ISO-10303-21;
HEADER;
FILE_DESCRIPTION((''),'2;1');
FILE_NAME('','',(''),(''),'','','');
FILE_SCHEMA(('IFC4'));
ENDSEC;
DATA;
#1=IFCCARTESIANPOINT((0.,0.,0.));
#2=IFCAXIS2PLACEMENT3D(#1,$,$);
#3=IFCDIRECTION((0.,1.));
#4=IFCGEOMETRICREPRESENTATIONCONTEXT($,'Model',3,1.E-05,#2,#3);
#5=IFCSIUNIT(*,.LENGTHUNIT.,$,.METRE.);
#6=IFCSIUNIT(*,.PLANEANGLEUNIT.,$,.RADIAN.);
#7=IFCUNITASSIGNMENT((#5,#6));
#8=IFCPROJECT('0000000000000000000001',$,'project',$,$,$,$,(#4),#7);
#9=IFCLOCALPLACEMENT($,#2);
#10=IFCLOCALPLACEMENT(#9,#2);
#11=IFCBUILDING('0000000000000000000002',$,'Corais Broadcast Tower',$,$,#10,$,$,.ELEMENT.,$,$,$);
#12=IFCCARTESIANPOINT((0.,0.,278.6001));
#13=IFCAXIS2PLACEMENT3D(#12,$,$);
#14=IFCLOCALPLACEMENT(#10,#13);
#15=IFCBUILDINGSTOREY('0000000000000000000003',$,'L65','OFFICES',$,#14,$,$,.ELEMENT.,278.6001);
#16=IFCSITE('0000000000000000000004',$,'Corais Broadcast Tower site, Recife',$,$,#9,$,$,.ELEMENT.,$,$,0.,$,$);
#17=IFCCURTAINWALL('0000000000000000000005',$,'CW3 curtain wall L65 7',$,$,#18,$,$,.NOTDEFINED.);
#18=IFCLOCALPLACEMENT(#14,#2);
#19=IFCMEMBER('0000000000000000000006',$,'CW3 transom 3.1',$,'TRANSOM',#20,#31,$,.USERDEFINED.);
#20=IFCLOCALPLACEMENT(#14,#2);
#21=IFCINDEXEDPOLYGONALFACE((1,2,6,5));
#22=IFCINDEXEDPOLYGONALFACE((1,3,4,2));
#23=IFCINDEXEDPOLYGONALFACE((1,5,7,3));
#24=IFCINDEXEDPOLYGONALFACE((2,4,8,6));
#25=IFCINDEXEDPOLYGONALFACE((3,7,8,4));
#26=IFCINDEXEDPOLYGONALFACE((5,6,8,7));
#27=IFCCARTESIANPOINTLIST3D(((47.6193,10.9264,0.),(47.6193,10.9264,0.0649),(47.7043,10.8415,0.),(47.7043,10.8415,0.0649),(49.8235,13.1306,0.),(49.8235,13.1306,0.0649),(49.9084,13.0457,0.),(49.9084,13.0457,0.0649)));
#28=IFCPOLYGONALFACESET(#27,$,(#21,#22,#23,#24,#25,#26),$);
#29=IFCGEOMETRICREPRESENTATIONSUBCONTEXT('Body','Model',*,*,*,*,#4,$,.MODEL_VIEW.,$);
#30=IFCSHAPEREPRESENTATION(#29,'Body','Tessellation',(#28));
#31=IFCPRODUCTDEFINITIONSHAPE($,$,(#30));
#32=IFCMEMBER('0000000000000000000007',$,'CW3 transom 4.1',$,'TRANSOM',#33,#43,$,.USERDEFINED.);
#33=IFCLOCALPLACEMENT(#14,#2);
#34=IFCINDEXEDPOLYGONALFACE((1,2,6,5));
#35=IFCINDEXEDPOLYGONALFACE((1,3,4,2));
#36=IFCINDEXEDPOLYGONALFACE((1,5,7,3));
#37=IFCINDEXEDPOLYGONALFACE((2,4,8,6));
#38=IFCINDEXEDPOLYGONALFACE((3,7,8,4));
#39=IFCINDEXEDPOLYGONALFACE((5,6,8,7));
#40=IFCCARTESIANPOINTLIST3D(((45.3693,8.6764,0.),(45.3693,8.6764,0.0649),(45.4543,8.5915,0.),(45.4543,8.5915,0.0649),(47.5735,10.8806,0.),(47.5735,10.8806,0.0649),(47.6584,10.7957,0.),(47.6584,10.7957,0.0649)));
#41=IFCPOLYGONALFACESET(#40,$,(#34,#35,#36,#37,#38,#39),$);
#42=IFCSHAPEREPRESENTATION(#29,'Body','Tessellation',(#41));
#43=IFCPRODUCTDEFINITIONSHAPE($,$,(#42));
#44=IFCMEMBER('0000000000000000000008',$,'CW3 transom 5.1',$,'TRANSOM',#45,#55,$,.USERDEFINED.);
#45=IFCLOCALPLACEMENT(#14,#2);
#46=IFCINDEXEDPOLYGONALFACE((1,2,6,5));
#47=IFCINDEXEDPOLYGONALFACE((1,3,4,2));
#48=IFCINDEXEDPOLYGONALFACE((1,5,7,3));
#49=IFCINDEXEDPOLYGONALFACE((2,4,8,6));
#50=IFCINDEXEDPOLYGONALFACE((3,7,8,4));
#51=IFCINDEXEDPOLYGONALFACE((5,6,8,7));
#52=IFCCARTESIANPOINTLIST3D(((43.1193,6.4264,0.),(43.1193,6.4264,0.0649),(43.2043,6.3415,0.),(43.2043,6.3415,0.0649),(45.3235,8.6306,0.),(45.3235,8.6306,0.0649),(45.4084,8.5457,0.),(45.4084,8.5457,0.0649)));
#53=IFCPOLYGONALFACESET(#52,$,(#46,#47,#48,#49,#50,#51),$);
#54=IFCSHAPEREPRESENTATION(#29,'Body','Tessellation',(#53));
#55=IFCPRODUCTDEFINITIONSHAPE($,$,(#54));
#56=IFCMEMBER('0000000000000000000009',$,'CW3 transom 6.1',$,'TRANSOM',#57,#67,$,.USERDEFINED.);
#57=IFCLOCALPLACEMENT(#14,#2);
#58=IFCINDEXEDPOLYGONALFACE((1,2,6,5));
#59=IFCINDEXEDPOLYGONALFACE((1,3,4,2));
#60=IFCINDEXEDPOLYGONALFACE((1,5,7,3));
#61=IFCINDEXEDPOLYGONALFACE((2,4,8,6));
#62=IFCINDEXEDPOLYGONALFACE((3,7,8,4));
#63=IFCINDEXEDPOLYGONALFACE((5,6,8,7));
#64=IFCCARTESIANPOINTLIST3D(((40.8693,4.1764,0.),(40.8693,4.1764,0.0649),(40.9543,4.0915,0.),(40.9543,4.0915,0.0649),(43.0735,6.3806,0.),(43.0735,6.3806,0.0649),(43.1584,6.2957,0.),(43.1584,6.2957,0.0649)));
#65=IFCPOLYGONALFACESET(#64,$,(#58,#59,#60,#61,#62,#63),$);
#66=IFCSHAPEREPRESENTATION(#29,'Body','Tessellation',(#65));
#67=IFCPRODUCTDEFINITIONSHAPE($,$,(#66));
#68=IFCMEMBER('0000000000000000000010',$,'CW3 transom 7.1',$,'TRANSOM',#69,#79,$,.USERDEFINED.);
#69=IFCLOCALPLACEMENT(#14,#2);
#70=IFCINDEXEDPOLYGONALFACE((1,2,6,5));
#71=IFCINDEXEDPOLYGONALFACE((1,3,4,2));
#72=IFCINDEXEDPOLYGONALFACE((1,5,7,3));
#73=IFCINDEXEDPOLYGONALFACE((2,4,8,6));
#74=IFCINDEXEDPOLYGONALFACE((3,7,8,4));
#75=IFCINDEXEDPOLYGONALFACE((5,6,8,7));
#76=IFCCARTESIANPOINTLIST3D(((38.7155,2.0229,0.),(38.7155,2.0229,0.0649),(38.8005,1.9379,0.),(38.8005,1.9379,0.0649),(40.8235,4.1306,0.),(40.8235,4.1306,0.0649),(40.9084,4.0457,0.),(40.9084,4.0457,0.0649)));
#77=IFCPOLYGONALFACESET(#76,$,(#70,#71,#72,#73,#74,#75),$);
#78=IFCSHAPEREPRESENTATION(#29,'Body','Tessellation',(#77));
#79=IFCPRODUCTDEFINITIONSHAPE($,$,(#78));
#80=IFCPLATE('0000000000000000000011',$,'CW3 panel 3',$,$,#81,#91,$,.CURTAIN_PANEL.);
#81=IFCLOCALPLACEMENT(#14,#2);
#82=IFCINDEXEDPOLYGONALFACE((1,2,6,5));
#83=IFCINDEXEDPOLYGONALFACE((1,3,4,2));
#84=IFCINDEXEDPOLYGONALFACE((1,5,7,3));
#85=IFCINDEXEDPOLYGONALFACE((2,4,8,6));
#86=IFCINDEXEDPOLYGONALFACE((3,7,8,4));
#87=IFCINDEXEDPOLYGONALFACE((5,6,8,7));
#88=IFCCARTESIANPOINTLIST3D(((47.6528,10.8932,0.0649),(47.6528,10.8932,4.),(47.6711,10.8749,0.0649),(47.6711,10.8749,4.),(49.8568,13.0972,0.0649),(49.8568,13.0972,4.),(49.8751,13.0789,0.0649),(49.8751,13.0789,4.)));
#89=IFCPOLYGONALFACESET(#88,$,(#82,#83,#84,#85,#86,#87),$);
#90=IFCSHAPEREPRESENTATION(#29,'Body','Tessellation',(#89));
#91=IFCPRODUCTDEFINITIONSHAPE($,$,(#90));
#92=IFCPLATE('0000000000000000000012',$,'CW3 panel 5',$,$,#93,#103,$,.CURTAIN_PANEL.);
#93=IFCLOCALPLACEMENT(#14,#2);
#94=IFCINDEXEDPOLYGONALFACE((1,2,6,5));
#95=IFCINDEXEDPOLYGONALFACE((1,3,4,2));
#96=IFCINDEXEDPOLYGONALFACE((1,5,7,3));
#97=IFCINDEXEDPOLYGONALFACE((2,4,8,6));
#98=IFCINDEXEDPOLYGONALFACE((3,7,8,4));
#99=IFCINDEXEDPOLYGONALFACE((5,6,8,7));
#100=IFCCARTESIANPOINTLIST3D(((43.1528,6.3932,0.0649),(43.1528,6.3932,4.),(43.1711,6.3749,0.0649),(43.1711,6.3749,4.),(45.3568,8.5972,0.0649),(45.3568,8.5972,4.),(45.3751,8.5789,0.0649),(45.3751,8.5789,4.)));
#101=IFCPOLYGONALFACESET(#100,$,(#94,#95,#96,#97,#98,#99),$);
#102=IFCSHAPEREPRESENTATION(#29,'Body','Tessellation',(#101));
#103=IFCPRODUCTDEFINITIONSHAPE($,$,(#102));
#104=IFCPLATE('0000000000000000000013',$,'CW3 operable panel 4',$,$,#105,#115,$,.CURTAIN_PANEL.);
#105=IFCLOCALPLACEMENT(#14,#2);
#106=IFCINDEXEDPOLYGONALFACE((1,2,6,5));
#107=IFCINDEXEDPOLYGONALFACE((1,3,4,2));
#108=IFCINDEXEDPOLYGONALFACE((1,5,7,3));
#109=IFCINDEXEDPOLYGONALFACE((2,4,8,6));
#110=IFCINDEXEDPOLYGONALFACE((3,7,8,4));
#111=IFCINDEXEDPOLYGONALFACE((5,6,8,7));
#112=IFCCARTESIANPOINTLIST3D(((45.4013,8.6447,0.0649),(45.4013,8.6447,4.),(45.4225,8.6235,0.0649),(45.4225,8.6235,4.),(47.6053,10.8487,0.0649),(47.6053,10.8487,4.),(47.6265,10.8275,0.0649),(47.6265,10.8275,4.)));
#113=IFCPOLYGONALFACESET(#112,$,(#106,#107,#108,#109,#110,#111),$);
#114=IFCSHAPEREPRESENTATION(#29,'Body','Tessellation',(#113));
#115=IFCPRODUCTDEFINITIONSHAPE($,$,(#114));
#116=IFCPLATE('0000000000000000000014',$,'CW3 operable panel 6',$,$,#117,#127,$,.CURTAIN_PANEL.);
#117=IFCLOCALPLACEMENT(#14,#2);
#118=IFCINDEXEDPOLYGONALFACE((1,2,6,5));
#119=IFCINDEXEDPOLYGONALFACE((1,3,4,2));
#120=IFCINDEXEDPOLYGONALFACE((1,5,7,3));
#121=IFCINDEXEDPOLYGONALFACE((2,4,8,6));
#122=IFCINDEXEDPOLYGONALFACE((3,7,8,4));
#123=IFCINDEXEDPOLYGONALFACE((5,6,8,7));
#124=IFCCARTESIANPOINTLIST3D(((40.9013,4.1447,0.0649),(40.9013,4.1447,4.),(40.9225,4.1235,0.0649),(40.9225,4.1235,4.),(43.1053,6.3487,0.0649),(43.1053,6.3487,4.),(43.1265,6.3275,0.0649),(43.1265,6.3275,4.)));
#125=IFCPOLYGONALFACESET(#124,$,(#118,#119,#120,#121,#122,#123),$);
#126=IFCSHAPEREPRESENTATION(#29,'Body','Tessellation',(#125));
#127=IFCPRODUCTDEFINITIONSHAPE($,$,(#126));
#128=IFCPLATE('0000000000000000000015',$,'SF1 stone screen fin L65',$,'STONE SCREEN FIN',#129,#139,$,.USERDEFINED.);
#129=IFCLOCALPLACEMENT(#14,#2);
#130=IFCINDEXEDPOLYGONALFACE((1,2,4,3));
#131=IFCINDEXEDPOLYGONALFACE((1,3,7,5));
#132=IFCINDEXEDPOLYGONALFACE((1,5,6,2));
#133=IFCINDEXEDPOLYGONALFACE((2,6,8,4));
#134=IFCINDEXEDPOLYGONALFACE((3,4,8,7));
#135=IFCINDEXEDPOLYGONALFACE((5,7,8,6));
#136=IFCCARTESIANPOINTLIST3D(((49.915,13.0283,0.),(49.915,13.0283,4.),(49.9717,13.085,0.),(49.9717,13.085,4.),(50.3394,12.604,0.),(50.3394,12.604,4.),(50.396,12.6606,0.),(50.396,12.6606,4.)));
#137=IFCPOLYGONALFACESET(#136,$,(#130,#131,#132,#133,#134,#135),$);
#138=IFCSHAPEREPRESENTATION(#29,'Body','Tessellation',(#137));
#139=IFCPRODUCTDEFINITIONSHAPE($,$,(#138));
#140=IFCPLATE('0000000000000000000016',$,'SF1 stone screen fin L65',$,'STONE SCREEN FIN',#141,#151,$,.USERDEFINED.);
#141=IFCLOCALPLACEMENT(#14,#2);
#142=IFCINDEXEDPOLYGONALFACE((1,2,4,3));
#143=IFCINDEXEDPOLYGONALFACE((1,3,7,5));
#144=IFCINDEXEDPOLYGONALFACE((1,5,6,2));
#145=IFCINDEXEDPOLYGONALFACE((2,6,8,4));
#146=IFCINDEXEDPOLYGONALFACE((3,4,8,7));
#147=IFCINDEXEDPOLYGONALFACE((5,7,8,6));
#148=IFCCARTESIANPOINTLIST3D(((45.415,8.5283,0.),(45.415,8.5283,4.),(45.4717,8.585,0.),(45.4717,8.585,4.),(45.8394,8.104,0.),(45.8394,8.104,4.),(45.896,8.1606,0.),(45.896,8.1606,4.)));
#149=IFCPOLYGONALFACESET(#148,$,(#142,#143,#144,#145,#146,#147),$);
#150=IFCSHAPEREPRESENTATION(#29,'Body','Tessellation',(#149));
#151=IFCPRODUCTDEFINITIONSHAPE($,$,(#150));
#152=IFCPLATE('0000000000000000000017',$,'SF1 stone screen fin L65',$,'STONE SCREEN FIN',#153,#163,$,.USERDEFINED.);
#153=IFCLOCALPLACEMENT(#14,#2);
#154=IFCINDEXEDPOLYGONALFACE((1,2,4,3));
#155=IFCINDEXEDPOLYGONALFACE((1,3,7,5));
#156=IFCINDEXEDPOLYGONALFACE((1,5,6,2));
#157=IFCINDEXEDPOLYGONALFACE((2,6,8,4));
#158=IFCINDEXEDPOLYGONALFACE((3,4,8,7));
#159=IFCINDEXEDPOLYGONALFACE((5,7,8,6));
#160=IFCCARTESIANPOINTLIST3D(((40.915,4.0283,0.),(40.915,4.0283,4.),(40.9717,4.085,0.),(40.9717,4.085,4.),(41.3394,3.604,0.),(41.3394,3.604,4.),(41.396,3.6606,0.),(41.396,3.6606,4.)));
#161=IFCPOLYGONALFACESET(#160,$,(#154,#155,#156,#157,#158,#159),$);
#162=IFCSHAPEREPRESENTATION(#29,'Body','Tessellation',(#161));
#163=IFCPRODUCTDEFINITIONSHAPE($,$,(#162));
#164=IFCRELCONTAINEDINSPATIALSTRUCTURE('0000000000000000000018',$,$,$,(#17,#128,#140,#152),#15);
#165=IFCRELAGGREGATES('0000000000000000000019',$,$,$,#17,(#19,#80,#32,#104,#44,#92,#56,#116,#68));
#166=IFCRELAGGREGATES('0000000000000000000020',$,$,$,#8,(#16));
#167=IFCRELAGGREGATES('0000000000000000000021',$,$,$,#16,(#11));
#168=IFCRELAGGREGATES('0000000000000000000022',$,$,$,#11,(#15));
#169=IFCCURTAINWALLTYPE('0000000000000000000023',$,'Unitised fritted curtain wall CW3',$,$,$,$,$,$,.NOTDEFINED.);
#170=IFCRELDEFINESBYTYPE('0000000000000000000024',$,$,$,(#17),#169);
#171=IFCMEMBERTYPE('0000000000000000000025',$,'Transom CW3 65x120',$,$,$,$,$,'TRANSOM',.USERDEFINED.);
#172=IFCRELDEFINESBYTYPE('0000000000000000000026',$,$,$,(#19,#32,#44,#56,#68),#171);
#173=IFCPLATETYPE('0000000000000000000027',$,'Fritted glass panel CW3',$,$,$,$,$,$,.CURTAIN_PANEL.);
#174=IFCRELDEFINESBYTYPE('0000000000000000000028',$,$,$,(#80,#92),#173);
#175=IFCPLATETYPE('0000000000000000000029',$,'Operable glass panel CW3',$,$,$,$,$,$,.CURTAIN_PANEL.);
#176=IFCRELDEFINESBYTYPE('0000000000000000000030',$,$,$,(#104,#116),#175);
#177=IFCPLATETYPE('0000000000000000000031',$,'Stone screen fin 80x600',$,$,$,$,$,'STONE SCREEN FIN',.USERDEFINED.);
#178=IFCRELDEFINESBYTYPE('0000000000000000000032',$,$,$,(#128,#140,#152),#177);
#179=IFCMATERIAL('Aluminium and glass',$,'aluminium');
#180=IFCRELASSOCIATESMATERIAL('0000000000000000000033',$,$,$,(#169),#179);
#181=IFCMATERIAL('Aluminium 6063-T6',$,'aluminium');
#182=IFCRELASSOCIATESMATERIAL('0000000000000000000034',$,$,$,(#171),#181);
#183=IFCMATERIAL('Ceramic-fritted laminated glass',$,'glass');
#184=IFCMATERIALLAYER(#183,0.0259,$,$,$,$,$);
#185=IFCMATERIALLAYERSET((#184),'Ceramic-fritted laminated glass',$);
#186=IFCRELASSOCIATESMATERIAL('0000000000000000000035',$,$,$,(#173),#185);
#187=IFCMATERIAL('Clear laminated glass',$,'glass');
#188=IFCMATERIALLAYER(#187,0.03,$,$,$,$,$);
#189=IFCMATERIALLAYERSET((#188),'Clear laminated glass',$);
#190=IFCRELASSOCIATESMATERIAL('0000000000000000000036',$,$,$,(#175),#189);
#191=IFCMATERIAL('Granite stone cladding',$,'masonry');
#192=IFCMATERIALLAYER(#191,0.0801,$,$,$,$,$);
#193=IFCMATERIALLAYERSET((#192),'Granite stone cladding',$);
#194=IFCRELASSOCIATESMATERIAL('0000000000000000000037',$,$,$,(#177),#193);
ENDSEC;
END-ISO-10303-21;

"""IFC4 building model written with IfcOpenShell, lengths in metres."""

from ifc_helpers import new_model, si_unit, direction, frame, origin, origin_2d, place, context, subcontext, project, spatial, rectangle, extrude, material, layer, layer_set, material_profile, profile_set, type_object, element, aggregate, save


model = new_model("IFC4")

# Units and contexts
model_context = context("Model", 3, precision=1e-05, world=origin(), true_north=direction((0.0, 1.0)))
body_context = subcontext(model_context, "Body", "Model", "MODEL_VIEW")
ifc_project = project(units=[si_unit("LENGTHUNIT", "METRE"), si_unit("PLANEANGLEUNIT", "RADIAN")], contexts=[model_context])

# Site, building, storey
site_placement = place(None, origin())
site = spatial("IfcSite", under=ifc_project, at=site_placement, Name="Corais Broadcast Tower site, Recife", CompositionType="ELEMENT", RefElevation=0.0)
building_placement = place(site_placement, origin())
building = spatial("IfcBuilding", under=site, at=building_placement, Name="Corais Broadcast Tower", CompositionType="ELEMENT")
storey_placement = place(building_placement, frame((0.0, 0.0, 278.6001)))
storey = spatial("IfcBuildingStorey", under=building, at=storey_placement, Name="L65", Description="OFFICES", CompositionType="ELEMENT", Elevation=278.6001)

# Curtain wall
ifc_material_1 = material(Name="Aluminium and glass", Category="aluminium")
curtain_wall_type = type_object("IfcCurtainWallType", Name="Unitised fritted curtain wall CW3", PredefinedType="NOTDEFINED", material=ifc_material_1)
curtain_wall_placement = place(storey_placement, origin())
curtain_wall = element("IfcCurtainWall", 1, at=curtain_wall_placement, inside=storey, type_object=curtain_wall_type, Name="CW3 curtain wall L65 7", PredefinedType="NOTDEFINED")

# Members
ifc_material_2 = material(Name="Aluminium 6063-T6", Category="aluminium")
ifc_material_profile_1 = material_profile(ifc_material_2, rectangle(XDim=0.1201, YDim=0.0649, at=origin_2d()), Name="Transom CW3 65x120")
ifc_profile_set_1 = profile_set([ifc_material_profile_1], Name="Aluminium 6063-T6")
member_type_1 = type_object("IfcMemberType", Name="Transom CW3 65x120", ElementType="TRANSOM", PredefinedType="USERDEFINED", material=ifc_profile_set_1)
member_1_placement = place(storey_placement, frame((49.866, 13.0881, 0.0325), z_axis=(-0.707107, -0.707107, 0.0), x_axis=(0.707107, -0.707107, 0.0)))
member_1 = element("IfcMember", 2, at=member_1_placement, type_object=member_type_1, Name="CW3 transom 3.1", ObjectType="TRANSOM", PredefinedType="USERDEFINED", context=body_context, shape_type="SweptSolid", body=[
    extrude(rectangle(XDim=0.1201, YDim=0.0649, at=origin_2d()), origin(), (0.0, 0.0, 1.0), 3.1172),
])
member_2_placement = place(storey_placement, frame((47.616, 10.8381, 0.0325), z_axis=(-0.707107, -0.707107, 0.0), x_axis=(0.707107, -0.707107, 0.0)))
member_2 = element("IfcMember", 3, at=member_2_placement, type_object=member_type_1, Name="CW3 transom 4.1", ObjectType="TRANSOM", PredefinedType="USERDEFINED", context=body_context, shape_type="SweptSolid", body=[
    extrude(rectangle(XDim=0.1201, YDim=0.0649, at=origin_2d()), origin(), (0.0, 0.0, 1.0), 3.1172),
])
member_3_placement = place(storey_placement, frame((45.366, 8.5881, 0.0325), z_axis=(-0.707107, -0.707107, 0.0), x_axis=(0.707107, -0.707107, 0.0)))
member_3 = element("IfcMember", 4, at=member_3_placement, type_object=member_type_1, Name="CW3 transom 5.1", ObjectType="TRANSOM", PredefinedType="USERDEFINED", context=body_context, shape_type="SweptSolid", body=[
    extrude(rectangle(XDim=0.1201, YDim=0.0649, at=origin_2d()), origin(), (0.0, 0.0, 1.0), 3.1172),
])
member_4_placement = place(storey_placement, frame((43.116, 6.3381, 0.0325), z_axis=(-0.707107, -0.707107, 0.0), x_axis=(0.707107, -0.707107, 0.0)))
member_4 = element("IfcMember", 5, at=member_4_placement, type_object=member_type_1, Name="CW3 transom 6.1", ObjectType="TRANSOM", PredefinedType="USERDEFINED", context=body_context, shape_type="SweptSolid", body=[
    extrude(rectangle(XDim=0.1201, YDim=0.0649, at=origin_2d()), origin(), (0.0, 0.0, 1.0), 3.1172),
])
member_5_placement = place(storey_placement, frame((40.866, 4.0881, 0.0325), z_axis=(-0.707148, -0.707066, 0.0), x_axis=(0.707066, -0.707148, 0.0)))
member_5 = element("IfcMember", 6, at=member_5_placement, type_object=member_type_1, Name="CW3 transom 7.1", ObjectType="TRANSOM", PredefinedType="USERDEFINED", context=body_context, shape_type="SweptSolid", body=[
    extrude(rectangle(XDim=0.1201, YDim=0.0649, at=origin_2d()), origin(), (0.0, 0.0, 1.0), 2.981),
])

# Plates
ifc_material_3 = material(Name="Ceramic-fritted laminated glass", Category="glass")
ifc_layer_1 = layer(ifc_material_3, 0.0259)
ifc_layer_set_1 = layer_set([ifc_layer_1], Name="Ceramic-fritted laminated glass")
plate_type_1 = type_object("IfcPlateType", Name="Fritted glass panel CW3", PredefinedType="CURTAIN_PANEL", material=ifc_layer_set_1)
plate_1_placement = place(storey_placement, frame((48.7639, 11.9861, 0.0649), z_axis=(0.0, 0.0, 1.0), x_axis=(-0.707107, -0.707107, 0.0)))
plate_1 = element("IfcPlate", 7, at=plate_1_placement, type_object=plate_type_1, Name="CW3 panel 3", PredefinedType="CURTAIN_PANEL", context=body_context, shape_type="SweptSolid", body=[
    extrude(rectangle(XDim=3.1169, YDim=0.0259, at=origin_2d()), origin(), (0.0, 0.0, 1.0), 3.9351),
])
plate_2_placement = place(storey_placement, frame((44.2639, 7.4861, 0.0649), z_axis=(0.0, 0.0, 1.0), x_axis=(-0.707107, -0.707107, 0.0)))
plate_2 = element("IfcPlate", 8, at=plate_2_placement, type_object=plate_type_1, Name="CW3 panel 5", PredefinedType="CURTAIN_PANEL", context=body_context, shape_type="SweptSolid", body=[
    extrude(rectangle(XDim=3.1169, YDim=0.0259, at=origin_2d()), origin(), (0.0, 0.0, 1.0), 3.9351),
])
ifc_material_4 = material(Name="Clear laminated glass", Category="glass")
ifc_layer_2 = layer(ifc_material_4, 0.03)
ifc_layer_set_2 = layer_set([ifc_layer_2], Name="Clear laminated glass")
plate_type_2 = type_object("IfcPlateType", Name="Operable glass panel CW3", PredefinedType="CURTAIN_PANEL", material=ifc_layer_set_2)
plate_3_placement = place(storey_placement, frame((46.5139, 9.7361, 0.0649), z_axis=(0.0, 0.0, 1.0), x_axis=(-0.707107, -0.707107, 0.0)))
plate_3 = element("IfcPlate", 9, at=plate_3_placement, type_object=plate_type_2, Name="CW3 operable panel 4", PredefinedType="CURTAIN_PANEL", context=body_context, shape_type="SweptSolid", body=[
    extrude(rectangle(XDim=3.1169, YDim=0.03, at=origin_2d()), origin(), (0.0, 0.0, 1.0), 3.9351),
])
plate_4_placement = place(storey_placement, frame((42.0139, 5.2361, 0.0649), z_axis=(0.0, 0.0, 1.0), x_axis=(-0.707107, -0.707107, 0.0)))
plate_4 = element("IfcPlate", 10, at=plate_4_placement, type_object=plate_type_2, Name="CW3 operable panel 6", PredefinedType="CURTAIN_PANEL", context=body_context, shape_type="SweptSolid", body=[
    extrude(rectangle(XDim=3.1169, YDim=0.03, at=origin_2d()), origin(), (0.0, 0.0, 1.0), 3.9351),
])
aggregate(curtain_wall, [member_1, plate_1, member_2, plate_3, member_3, plate_2, member_4, plate_4, member_5])

# Plates
ifc_material_5 = material(Name="Granite stone cladding", Category="masonry")
ifc_layer_3 = layer(ifc_material_5, 0.0801)
ifc_layer_set_3 = layer_set([ifc_layer_3], Name="Granite stone cladding")
plate_type_3 = type_object("IfcPlateType", Name="Stone screen fin 80x600", ElementType="STONE SCREEN FIN", PredefinedType="USERDEFINED", material=ifc_layer_set_3)
for number, where, z_axis, x_axis, name in (
    (11, (50.1555, 12.8445, 0.0), (0.0, 0.0, 1.0), (-0.707107, -0.707107, 0.0), "SF1 stone screen fin L65"),
    (12, (45.6555, 8.3445, 0.0), (0.0, 0.0, 1.0), (-0.707107, -0.707107, 0.0), "SF1 stone screen fin L65"),
    (13, (41.1555, 3.8445, 0.0), (0.0, 0.0, 1.0), (-0.707107, -0.707107, 0.0), "SF1 stone screen fin L65"),
):
    element("IfcPlate", number, at=place(storey_placement, frame(where, z_axis=z_axis, x_axis=x_axis)), inside=storey, type_object=plate_type_3, Name=name, ObjectType="STONE SCREEN FIN", PredefinedType="USERDEFINED", context=body_context, shape_type="SweptSolid", body=[
        extrude(rectangle(XDim=0.0801, YDim=0.6001, at=origin_2d()), origin(), (0.0, 0.0, 1.0), 4.0),
    ])

save(model, "model.ifc")
